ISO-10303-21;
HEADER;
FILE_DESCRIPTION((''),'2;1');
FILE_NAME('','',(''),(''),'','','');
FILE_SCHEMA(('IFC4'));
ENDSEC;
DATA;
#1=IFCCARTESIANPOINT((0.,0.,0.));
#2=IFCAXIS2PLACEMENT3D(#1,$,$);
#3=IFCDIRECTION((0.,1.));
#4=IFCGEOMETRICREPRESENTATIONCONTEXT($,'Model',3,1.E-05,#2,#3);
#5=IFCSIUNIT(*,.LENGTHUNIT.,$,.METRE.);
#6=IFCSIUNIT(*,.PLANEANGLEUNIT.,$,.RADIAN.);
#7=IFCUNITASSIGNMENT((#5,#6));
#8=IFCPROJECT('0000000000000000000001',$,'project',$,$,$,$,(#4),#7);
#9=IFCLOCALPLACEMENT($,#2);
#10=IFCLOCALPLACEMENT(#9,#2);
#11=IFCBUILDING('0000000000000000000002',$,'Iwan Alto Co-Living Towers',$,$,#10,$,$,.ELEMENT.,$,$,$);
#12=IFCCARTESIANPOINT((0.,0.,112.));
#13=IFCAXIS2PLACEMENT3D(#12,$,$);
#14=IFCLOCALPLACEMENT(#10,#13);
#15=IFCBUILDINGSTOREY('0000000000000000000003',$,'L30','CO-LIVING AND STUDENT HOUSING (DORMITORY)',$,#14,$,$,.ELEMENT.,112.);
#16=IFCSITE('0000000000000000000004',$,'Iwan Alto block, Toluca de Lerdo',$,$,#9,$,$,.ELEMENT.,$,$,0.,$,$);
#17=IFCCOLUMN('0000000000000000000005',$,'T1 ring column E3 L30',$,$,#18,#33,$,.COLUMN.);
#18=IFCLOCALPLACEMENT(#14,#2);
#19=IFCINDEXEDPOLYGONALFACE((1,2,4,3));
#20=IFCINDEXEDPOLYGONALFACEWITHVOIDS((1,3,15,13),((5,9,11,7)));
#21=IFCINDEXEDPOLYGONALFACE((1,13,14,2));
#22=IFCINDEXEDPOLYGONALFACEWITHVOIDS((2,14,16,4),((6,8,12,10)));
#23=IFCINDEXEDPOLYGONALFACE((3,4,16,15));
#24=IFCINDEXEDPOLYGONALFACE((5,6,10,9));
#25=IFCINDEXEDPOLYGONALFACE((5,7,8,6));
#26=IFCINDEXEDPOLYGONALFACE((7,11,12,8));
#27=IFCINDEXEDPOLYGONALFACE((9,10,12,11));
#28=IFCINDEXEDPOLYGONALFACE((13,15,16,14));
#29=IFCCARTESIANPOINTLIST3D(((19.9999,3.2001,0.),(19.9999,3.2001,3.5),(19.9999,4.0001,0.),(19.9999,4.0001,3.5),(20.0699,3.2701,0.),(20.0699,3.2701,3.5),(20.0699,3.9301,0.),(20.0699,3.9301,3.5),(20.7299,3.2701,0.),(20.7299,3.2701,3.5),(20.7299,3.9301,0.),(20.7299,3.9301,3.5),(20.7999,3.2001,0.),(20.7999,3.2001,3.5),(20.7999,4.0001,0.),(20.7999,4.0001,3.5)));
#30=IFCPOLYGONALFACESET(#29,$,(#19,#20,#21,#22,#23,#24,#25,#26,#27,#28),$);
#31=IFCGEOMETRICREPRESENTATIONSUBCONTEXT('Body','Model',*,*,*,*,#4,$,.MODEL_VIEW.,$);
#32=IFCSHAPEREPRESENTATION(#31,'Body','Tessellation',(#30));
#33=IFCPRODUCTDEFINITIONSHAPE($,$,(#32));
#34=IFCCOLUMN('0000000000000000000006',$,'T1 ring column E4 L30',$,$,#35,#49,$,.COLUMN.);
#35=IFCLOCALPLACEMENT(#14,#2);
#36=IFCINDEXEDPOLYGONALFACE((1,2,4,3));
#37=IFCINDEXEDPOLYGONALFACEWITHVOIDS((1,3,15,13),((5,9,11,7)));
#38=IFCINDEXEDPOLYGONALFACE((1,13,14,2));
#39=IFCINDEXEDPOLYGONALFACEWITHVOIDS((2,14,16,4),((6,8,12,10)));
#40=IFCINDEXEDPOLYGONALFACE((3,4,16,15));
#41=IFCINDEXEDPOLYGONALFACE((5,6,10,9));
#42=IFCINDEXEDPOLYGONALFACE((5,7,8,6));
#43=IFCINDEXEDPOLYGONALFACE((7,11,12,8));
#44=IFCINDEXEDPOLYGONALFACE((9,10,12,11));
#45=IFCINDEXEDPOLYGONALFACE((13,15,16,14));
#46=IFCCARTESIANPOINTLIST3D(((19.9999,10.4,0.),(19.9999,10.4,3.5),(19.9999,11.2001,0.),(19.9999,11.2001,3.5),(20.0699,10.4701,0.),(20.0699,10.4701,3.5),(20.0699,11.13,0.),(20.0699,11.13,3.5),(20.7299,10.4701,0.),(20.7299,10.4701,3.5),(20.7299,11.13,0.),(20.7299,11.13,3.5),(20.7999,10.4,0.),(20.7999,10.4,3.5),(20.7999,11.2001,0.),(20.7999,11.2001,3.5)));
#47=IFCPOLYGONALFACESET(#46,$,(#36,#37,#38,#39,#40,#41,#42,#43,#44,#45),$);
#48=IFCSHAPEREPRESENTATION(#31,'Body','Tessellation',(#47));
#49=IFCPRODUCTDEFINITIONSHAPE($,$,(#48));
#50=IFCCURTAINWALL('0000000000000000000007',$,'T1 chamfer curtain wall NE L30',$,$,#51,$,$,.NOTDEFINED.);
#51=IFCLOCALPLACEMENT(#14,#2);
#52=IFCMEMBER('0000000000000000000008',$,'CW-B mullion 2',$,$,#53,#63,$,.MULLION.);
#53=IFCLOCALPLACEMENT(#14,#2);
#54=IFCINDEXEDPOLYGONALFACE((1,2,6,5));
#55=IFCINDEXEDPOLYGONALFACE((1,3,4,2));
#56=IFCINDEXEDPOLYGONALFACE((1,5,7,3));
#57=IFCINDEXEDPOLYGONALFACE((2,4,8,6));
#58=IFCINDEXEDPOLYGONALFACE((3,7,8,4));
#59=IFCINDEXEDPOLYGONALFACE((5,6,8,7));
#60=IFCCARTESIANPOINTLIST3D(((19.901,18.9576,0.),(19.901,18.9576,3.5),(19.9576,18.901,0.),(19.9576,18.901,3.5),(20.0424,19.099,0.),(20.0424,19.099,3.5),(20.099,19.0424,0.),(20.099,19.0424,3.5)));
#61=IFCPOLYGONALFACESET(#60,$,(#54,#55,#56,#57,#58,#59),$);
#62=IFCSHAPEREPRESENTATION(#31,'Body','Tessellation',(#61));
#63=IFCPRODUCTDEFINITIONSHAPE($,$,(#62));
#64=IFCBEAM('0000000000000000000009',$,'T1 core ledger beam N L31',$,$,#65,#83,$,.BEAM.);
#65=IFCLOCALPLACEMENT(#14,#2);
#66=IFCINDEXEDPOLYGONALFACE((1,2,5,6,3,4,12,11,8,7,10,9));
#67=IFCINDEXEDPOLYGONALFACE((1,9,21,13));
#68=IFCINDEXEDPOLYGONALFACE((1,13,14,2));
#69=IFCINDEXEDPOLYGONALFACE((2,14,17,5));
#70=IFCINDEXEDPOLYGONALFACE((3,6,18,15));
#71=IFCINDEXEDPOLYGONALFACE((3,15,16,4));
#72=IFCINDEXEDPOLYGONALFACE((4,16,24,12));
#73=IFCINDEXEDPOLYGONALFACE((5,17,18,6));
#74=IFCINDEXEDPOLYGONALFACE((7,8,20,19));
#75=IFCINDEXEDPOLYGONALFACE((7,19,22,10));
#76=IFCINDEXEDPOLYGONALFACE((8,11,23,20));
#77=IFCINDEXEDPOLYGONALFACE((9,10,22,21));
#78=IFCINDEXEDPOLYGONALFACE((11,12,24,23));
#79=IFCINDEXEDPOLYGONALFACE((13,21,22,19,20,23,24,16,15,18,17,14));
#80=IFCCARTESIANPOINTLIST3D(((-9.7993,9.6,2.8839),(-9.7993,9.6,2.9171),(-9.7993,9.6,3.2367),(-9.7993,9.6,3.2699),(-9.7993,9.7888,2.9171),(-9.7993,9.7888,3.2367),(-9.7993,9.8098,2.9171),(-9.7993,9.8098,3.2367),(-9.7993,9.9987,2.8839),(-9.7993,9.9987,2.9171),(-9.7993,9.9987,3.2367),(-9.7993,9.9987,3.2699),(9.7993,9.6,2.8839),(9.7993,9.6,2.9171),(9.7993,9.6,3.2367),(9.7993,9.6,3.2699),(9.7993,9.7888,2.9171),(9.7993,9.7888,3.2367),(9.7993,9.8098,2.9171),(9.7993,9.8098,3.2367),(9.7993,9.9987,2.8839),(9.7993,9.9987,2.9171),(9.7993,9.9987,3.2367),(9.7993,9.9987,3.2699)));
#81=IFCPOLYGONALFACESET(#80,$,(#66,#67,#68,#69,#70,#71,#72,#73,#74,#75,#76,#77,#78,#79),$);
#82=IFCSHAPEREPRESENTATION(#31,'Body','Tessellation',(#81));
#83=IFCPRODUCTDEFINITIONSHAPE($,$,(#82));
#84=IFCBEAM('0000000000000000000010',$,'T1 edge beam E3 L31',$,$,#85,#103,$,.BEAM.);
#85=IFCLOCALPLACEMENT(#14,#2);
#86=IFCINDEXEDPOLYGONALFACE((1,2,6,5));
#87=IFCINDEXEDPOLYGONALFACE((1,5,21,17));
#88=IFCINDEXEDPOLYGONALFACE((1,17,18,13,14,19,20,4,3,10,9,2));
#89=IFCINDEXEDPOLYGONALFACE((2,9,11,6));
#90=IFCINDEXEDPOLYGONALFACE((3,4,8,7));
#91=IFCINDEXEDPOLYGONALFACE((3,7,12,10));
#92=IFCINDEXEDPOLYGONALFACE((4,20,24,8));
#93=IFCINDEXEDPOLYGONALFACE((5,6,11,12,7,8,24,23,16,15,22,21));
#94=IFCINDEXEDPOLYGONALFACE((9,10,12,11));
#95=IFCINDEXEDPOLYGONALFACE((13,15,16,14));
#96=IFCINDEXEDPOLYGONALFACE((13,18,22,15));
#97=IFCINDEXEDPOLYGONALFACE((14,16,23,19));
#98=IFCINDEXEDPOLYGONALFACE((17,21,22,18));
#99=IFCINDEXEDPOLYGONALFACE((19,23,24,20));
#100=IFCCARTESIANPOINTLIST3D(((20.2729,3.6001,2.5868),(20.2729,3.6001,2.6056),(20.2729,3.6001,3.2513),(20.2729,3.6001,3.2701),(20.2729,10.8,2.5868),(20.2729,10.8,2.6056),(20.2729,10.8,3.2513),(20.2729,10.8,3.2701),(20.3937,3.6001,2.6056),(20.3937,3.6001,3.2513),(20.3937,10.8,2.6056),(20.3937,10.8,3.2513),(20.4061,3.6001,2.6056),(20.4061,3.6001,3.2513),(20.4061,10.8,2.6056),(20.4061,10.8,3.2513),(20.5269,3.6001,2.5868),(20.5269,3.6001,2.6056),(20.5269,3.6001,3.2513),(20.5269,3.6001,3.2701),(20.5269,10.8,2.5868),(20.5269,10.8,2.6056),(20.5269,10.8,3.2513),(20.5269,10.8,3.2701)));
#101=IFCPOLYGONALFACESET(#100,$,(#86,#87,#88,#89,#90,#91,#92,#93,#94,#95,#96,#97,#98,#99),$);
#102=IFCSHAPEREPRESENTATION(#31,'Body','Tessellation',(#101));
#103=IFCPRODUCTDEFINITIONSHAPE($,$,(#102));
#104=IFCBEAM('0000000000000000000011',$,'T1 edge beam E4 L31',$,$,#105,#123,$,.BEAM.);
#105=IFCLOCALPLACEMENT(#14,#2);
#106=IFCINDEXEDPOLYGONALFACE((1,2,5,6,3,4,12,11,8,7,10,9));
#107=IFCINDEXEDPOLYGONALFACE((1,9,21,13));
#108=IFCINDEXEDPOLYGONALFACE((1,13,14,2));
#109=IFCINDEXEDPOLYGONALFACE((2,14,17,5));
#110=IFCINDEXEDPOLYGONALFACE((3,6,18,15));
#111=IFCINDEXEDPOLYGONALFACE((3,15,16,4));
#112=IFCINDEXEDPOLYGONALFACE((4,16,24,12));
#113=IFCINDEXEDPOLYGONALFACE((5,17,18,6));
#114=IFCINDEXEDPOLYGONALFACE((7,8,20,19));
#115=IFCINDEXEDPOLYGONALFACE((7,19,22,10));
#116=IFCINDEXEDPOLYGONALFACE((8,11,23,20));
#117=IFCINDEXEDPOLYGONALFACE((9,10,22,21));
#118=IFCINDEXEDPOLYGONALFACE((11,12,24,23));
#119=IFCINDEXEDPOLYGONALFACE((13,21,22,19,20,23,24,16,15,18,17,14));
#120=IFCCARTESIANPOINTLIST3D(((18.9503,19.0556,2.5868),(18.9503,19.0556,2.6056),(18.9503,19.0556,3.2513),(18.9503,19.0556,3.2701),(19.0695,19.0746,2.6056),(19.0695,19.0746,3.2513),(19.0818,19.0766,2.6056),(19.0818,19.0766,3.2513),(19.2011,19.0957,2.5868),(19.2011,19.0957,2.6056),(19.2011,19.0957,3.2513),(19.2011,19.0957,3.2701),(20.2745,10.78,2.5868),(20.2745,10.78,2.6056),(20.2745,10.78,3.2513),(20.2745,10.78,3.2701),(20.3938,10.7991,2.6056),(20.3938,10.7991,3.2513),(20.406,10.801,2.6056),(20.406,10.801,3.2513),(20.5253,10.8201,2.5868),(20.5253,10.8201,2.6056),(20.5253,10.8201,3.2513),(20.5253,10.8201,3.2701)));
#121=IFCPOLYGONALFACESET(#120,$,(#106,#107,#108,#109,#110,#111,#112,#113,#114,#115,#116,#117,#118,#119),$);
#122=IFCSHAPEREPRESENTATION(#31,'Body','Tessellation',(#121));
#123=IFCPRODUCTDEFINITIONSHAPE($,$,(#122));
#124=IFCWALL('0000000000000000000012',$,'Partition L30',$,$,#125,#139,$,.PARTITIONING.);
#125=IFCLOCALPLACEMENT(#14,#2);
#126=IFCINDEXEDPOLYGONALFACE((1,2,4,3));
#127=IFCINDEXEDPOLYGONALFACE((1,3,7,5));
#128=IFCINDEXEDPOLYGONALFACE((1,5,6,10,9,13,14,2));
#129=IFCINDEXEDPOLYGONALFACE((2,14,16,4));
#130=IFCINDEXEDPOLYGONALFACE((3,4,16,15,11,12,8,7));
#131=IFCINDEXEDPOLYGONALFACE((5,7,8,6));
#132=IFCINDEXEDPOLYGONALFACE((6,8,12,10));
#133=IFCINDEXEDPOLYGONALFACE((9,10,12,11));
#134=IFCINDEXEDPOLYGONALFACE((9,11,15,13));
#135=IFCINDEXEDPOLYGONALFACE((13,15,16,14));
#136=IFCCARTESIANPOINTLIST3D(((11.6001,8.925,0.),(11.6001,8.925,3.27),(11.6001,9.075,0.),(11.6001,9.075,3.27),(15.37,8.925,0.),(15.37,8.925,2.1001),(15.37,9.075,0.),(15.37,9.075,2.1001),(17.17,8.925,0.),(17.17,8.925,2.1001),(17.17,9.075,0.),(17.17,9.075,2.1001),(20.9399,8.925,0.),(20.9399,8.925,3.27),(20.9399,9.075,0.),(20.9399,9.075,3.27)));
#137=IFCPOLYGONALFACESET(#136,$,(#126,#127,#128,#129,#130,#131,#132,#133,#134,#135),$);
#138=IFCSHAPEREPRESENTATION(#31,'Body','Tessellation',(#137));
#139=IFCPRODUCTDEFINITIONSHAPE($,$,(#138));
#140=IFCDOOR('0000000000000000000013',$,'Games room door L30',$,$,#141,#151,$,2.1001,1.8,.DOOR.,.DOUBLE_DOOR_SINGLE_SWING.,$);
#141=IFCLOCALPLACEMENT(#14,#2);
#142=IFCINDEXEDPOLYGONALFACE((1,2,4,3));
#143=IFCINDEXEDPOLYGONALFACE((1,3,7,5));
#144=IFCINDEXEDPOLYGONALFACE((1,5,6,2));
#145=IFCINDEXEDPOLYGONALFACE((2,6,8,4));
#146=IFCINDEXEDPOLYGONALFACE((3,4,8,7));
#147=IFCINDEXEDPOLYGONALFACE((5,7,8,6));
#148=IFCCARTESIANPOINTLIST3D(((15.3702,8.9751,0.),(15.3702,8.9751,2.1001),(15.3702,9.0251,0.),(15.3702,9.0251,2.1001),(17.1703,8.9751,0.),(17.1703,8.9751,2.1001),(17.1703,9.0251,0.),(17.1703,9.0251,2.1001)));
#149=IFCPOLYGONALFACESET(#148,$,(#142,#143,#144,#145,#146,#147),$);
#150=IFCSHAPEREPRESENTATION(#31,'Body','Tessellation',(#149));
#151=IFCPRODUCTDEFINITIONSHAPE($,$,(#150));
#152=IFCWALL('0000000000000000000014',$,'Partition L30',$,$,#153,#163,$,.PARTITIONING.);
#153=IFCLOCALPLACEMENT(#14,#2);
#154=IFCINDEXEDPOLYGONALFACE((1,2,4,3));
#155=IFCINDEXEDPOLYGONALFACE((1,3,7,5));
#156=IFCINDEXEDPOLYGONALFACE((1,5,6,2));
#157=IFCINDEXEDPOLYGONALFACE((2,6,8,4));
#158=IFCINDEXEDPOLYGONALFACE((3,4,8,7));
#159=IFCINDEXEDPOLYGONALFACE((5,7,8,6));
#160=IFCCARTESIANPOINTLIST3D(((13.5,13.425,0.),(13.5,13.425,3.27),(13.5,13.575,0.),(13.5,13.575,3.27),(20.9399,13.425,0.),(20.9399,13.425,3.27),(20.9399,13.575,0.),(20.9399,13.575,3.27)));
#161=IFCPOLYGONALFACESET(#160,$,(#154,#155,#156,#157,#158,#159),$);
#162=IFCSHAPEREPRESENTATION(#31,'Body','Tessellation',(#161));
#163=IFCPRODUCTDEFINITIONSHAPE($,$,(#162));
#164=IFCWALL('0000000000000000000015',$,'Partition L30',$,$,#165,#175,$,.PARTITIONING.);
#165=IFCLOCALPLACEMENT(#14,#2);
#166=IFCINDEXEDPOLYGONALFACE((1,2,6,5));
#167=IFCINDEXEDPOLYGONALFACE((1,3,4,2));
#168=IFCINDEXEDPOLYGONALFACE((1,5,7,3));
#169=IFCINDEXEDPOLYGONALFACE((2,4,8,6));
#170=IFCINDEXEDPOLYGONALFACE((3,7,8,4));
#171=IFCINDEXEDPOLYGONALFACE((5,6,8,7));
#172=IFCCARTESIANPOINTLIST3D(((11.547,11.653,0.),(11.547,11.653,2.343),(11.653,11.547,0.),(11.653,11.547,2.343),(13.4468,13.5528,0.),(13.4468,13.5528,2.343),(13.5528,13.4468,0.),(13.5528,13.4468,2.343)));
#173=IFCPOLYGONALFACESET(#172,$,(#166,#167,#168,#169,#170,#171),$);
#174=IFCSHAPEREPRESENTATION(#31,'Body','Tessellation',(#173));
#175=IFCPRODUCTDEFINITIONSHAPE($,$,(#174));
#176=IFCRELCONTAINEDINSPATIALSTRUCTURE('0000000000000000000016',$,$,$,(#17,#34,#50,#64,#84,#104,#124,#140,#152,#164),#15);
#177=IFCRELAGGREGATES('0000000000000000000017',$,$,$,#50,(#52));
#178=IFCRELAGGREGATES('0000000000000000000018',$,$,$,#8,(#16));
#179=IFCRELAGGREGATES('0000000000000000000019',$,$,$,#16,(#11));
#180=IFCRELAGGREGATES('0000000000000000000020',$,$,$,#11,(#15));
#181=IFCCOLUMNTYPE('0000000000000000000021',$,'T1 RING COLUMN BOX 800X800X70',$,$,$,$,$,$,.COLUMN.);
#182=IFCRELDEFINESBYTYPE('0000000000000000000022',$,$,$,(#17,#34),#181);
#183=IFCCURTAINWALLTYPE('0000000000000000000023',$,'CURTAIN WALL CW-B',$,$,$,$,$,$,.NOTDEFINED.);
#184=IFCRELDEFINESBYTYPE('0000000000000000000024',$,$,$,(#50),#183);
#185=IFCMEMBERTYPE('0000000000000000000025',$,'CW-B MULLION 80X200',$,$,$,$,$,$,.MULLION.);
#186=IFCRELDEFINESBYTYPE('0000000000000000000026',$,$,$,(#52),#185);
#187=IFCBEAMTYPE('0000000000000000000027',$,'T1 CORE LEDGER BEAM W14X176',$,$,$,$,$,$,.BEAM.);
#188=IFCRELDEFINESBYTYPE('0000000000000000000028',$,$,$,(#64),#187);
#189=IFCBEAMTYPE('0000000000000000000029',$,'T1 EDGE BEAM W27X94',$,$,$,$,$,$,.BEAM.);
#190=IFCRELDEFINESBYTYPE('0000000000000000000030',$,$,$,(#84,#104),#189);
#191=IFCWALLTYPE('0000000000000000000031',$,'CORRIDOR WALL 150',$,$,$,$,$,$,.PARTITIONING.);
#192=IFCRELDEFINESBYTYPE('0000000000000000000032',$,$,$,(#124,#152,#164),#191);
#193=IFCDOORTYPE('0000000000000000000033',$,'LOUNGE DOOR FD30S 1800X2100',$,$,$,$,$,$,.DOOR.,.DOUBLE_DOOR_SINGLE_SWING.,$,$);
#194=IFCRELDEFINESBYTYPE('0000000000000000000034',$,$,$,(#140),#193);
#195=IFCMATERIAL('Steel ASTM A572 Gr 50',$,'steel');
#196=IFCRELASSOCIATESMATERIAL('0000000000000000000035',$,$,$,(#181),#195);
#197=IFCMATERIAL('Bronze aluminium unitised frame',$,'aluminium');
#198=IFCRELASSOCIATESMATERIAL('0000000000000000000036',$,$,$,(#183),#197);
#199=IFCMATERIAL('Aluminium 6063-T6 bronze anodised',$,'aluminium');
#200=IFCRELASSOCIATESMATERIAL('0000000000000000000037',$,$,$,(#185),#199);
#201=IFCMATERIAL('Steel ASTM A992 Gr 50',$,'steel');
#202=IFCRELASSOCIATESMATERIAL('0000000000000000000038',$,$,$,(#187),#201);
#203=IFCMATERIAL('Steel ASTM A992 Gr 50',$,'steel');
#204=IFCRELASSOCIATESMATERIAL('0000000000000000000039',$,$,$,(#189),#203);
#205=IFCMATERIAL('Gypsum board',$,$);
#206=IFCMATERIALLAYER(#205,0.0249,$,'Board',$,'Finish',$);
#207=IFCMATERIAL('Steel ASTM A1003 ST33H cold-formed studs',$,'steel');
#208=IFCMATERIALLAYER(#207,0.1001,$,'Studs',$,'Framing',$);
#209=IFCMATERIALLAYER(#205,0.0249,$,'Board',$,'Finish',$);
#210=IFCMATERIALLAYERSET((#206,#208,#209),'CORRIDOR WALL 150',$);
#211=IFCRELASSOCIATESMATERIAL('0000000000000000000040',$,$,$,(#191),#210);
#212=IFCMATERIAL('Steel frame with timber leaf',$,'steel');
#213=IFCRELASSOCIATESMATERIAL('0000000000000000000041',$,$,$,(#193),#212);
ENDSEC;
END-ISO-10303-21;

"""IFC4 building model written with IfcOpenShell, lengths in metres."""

from ifc_helpers import new_model, si_unit, direction, frame, frame_2d, origin, origin_2d, place, context, subcontext, project, spatial, rectangle, hollow_rectangle, i_section, extrude, material, layer, layer_set, material_profile, profile_set, type_object, element, fill, aggregate, save


model = new_model("IFC4")

# Units and contexts
model_context = context("Model", 3, precision=1e-05, world=origin(), true_north=direction((0.0, 1.0)))
body_context = subcontext(model_context, "Body", "Model", "MODEL_VIEW")
ifc_project = project(units=[si_unit("LENGTHUNIT", "METRE"), si_unit("PLANEANGLEUNIT", "RADIAN")], contexts=[model_context])

# Site, building, storey
site_placement = place(None, origin())
site = spatial("IfcSite", under=ifc_project, at=site_placement, Name="Iwan Alto block, Toluca de Lerdo", CompositionType="ELEMENT", RefElevation=0.0)
building_placement = place(site_placement, origin())
building = spatial("IfcBuilding", under=site, at=building_placement, Name="Iwan Alto Co-Living Towers", CompositionType="ELEMENT")
storey_placement = place(building_placement, frame((0.0, 0.0, 112.0)))
storey = spatial("IfcBuildingStorey", under=building, at=storey_placement, Name="L30", Description="CO-LIVING AND STUDENT HOUSING (DORMITORY)", CompositionType="ELEMENT", Elevation=112.0)

# Columns
ifc_material_1 = material(Name="Steel ASTM A572 Gr 50", Category="steel")
ifc_material_profile_1 = material_profile(ifc_material_1, hollow_rectangle(XDim=0.8, YDim=0.8, WallThickness=0.0701, at=origin_2d()), Name="BOX 800X800X70")
ifc_profile_set_1 = profile_set([ifc_material_profile_1], Name="Steel ASTM A572 Gr 50")
column_type = type_object("IfcColumnType", Name="T1 RING COLUMN BOX 800X800X70", PredefinedType="COLUMN", material=ifc_profile_set_1)
for number, where, z_axis, x_axis, name in (
    (1, (20.3999, 3.6001, 0.0), (0.0, 0.0, 1.0), (1.0, 0.0, 0.0), "T1 ring column E3 L30"),
    (2, (20.3999, 10.8, 0.0), (0.0, 0.0, 1.0), (1.0, 0.0, 0.0), "T1 ring column E4 L30"),
):
    element("IfcColumn", number, at=place(storey_placement, frame(where, z_axis=z_axis, x_axis=x_axis)), inside=storey, type_object=column_type, Name=name, PredefinedType="COLUMN", context=body_context, shape_type="SweptSolid", body=[
        extrude(hollow_rectangle(XDim=0.8, YDim=0.8, WallThickness=0.0701, at=origin_2d()), origin(), (0.0, 0.0, 1.0), 3.5),
    ])

# Curtain wall, member
ifc_material_2 = material(Name="Bronze aluminium unitised frame", Category="aluminium")
curtain_wall_type = type_object("IfcCurtainWallType", Name="CURTAIN WALL CW-B", PredefinedType="NOTDEFINED", material=ifc_material_2)
curtain_wall_placement = place(storey_placement, origin())
curtain_wall = element("IfcCurtainWall", 3, at=curtain_wall_placement, inside=storey, type_object=curtain_wall_type, Name="T1 chamfer curtain wall NE L30", PredefinedType="NOTDEFINED")
ifc_material_3 = material(Name="Aluminium 6063-T6 bronze anodised", Category="aluminium")
ifc_material_profile_2 = material_profile(ifc_material_3, rectangle(XDim=0.2, YDim=0.0801, at=origin_2d()), Name="AL 80X200")
ifc_profile_set_2 = profile_set([ifc_material_profile_2], Name="Aluminium 6063-T6 bronze anodised")
member_type = type_object("IfcMemberType", Name="CW-B MULLION 80X200", PredefinedType="MULLION", material=ifc_profile_set_2)
member_placement = place(storey_placement, frame((20.0, 19.0, 0.0), z_axis=(0.0, 0.0, 1.0), x_axis=(-0.707107, -0.707107, 0.0)))
member = element("IfcMember", 4, at=member_placement, type_object=member_type, Name="CW-B mullion 2", PredefinedType="MULLION", context=body_context, shape_type="SweptSolid", body=[
    extrude(rectangle(XDim=0.2, YDim=0.0801, at=origin_2d()), origin(), (0.0, 0.0, 1.0), 3.5),
])
aggregate(curtain_wall, [member])

# Beams
ifc_material_4 = material(Name="Steel ASTM A992 Gr 50", Category="steel")
ifc_material_profile_3 = material_profile(ifc_material_4, i_section(OverallWidth=0.3987, OverallDepth=0.386, WebThickness=0.021, FlangeThickness=0.0332, at=origin_2d()), Name="W14X176")
ifc_profile_set_3 = profile_set([ifc_material_profile_3], Name="Steel ASTM A992 Gr 50")
beam_type_1 = type_object("IfcBeamType", Name="T1 CORE LEDGER BEAM W14X176", PredefinedType="BEAM", material=ifc_profile_set_3)
beam_1_placement = place(storey_placement, frame((9.7993, 9.7993, 3.0769), z_axis=(-1.0, 0.0, 0.0), x_axis=(0.0, -1.0, 0.0)))
element("IfcBeam", 5, at=beam_1_placement, inside=storey, type_object=beam_type_1, Name="T1 core ledger beam N L31", PredefinedType="BEAM", context=body_context, shape_type="SweptSolid", body=[
    extrude(i_section(OverallWidth=0.3987, OverallDepth=0.386, WebThickness=0.021, FlangeThickness=0.0332, at=origin_2d()), origin(), (0.0, 0.0, 1.0), 19.5986),
])
ifc_material_5 = material(Name="Steel ASTM A992 Gr 50", Category="steel")
ifc_material_profile_4 = material_profile(ifc_material_5, i_section(OverallWidth=0.2539, OverallDepth=0.6833, WebThickness=0.0125, FlangeThickness=0.0188, at=origin_2d()), Name="W27X94")
ifc_profile_set_4 = profile_set([ifc_material_profile_4], Name="Steel ASTM A992 Gr 50")
beam_type_2 = type_object("IfcBeamType", Name="T1 EDGE BEAM W27X94", PredefinedType="BEAM", material=ifc_profile_set_4)
beam_2_placement = place(storey_placement, frame((20.3999, 3.6001, 2.9285), z_axis=(0.0, 1.0, 0.0), x_axis=(-1.0, 0.0, 0.0)))
element("IfcBeam", 6, at=beam_2_placement, inside=storey, type_object=beam_type_2, Name="T1 edge beam E3 L31", PredefinedType="BEAM", context=body_context, shape_type="SweptSolid", body=[
    extrude(i_section(OverallWidth=0.2539, OverallDepth=0.6833, WebThickness=0.0125, FlangeThickness=0.0188, at=origin_2d()), origin(), (0.0, 0.0, 1.0), 7.2),
])
beam_3_placement = place(storey_placement, frame((20.3999, 10.8, 2.9285), z_axis=(-0.158004, 0.987438, 0.0), x_axis=(-0.987438, -0.158004, 0.0)))
element("IfcBeam", 7, at=beam_3_placement, inside=storey, type_object=beam_type_2, Name="T1 edge beam E4 L31", PredefinedType="BEAM", context=body_context, shape_type="SweptSolid", body=[
    extrude(i_section(OverallWidth=0.2539, OverallDepth=0.6833, WebThickness=0.0125, FlangeThickness=0.0188, at=origin_2d()), origin(), (0.0, 0.0, 1.0), 8.3809),
])

# Wall, opening, door
ifc_material_6 = material(Name="Gypsum board")
ifc_layer_1 = layer(ifc_material_6, 0.0249, Name="Board", Category="Finish")
ifc_material_7 = material(Name="Steel ASTM A1003 ST33H cold-formed studs", Category="steel")
ifc_layer_2 = layer(ifc_material_7, 0.1001, Name="Studs", Category="Framing")
ifc_layer_3 = layer(ifc_material_6, 0.0249, Name="Board", Category="Finish")
ifc_layer_set_1 = layer_set([ifc_layer_1, ifc_layer_2, ifc_layer_3], Name="CORRIDOR WALL 150")
wall_type_1 = type_object("IfcWallType", Name="CORRIDOR WALL 150", PredefinedType="PARTITIONING", material=ifc_layer_set_1)
wall_1_placement = place(storey_placement, frame((11.6001, 9.0, 0.0), z_axis=(0.0, 0.0, 1.0), x_axis=(1.0, 0.0, 0.0)))
wall_1 = element("IfcWall", 8, at=wall_1_placement, inside=storey, type_object=wall_type_1, Name="Partition L30", PredefinedType="PARTITIONING", context=body_context, shape_type="SweptSolid", body=[
    extrude(rectangle(XDim=9.3398, YDim=0.1499, at=frame_2d((4.6699, 0.0))), origin(), (0.0, 0.0, 1.0), 3.27),
])
opening_1_placement = place(wall_1_placement, frame((3.77, 0.0, 0.0)))
opening_1 = element("IfcOpeningElement", 9, at=opening_1_placement, cuts=wall_1, PredefinedType="OPENING", context=body_context, shape_type="SweptSolid", body=[
    extrude(rectangle(XDim=1.8, YDim=2.1001, at=frame_2d((0.8999, 1.05))), frame((0.0, 0.085, 0.0), z_axis=(0.0, -1.0, 0.0), x_axis=(1.0, 0.0, 0.0)), (0.0, 0.0, 1.0), 0.1699),
])
ifc_material_8 = material(Name="Steel frame with timber leaf", Category="steel")
door_type_1 = type_object("IfcDoorType", Name="LOUNGE DOOR FD30S 1800X2100", OperationType="DOUBLE_DOOR_SINGLE_SWING", PredefinedType="DOOR", material=ifc_material_8)
door_1_placement = place(opening_1_placement, frame((1.8, 0.0, 0.0), z_axis=(0.0, 0.0, 1.0), x_axis=(-1.0, 0.0, 0.0)))
door_1 = element("IfcDoor", 10, at=door_1_placement, inside=storey, type_object=door_type_1, Name="Games room door L30", OperationType="DOUBLE_DOOR_SINGLE_SWING", OverallHeight=2.1001, OverallWidth=1.8, PredefinedType="DOOR", context=body_context, shape_type="SweptSolid", body=[
    extrude(rectangle(XDim=1.8, YDim=2.1001, at=frame_2d((0.8999, 1.05))), frame((0.0, 0.0249, 0.0), z_axis=(0.0, -1.0, 0.0), x_axis=(1.0, 0.0, 0.0)), (0.0, 0.0, 1.0), 0.05),
])
fill(opening_1, door_1)

# Walls
wall_2_placement = place(storey_placement, frame((13.5, 13.5, 0.0), z_axis=(0.0, 0.0, 1.0), x_axis=(1.0, 0.0, 0.0)))
element("IfcWall", 11, at=wall_2_placement, inside=storey, type_object=wall_type_1, Name="Partition L30", PredefinedType="PARTITIONING", context=body_context, shape_type="SweptSolid", body=[
    extrude(rectangle(XDim=7.4399, YDim=0.1499, at=frame_2d((3.72, 0.0))), origin(), (0.0, 0.0, 1.0), 3.27),
])
wall_3_placement = place(storey_placement, frame((11.6001, 11.6001, 0.0), z_axis=(0.0, 0.0, 1.0), x_axis=(0.707107, 0.707107, 0.0)))
element("IfcWall", 12, at=wall_3_placement, inside=storey, type_object=wall_type_1, Name="Partition L30", PredefinedType="PARTITIONING", context=body_context, shape_type="SweptSolid", body=[
    extrude(rectangle(XDim=2.6868, YDim=0.1499, at=frame_2d((1.3433, 0.0))), origin(), (0.0, 0.0, 1.0), 2.343),
])

save(model, "model.ifc")
